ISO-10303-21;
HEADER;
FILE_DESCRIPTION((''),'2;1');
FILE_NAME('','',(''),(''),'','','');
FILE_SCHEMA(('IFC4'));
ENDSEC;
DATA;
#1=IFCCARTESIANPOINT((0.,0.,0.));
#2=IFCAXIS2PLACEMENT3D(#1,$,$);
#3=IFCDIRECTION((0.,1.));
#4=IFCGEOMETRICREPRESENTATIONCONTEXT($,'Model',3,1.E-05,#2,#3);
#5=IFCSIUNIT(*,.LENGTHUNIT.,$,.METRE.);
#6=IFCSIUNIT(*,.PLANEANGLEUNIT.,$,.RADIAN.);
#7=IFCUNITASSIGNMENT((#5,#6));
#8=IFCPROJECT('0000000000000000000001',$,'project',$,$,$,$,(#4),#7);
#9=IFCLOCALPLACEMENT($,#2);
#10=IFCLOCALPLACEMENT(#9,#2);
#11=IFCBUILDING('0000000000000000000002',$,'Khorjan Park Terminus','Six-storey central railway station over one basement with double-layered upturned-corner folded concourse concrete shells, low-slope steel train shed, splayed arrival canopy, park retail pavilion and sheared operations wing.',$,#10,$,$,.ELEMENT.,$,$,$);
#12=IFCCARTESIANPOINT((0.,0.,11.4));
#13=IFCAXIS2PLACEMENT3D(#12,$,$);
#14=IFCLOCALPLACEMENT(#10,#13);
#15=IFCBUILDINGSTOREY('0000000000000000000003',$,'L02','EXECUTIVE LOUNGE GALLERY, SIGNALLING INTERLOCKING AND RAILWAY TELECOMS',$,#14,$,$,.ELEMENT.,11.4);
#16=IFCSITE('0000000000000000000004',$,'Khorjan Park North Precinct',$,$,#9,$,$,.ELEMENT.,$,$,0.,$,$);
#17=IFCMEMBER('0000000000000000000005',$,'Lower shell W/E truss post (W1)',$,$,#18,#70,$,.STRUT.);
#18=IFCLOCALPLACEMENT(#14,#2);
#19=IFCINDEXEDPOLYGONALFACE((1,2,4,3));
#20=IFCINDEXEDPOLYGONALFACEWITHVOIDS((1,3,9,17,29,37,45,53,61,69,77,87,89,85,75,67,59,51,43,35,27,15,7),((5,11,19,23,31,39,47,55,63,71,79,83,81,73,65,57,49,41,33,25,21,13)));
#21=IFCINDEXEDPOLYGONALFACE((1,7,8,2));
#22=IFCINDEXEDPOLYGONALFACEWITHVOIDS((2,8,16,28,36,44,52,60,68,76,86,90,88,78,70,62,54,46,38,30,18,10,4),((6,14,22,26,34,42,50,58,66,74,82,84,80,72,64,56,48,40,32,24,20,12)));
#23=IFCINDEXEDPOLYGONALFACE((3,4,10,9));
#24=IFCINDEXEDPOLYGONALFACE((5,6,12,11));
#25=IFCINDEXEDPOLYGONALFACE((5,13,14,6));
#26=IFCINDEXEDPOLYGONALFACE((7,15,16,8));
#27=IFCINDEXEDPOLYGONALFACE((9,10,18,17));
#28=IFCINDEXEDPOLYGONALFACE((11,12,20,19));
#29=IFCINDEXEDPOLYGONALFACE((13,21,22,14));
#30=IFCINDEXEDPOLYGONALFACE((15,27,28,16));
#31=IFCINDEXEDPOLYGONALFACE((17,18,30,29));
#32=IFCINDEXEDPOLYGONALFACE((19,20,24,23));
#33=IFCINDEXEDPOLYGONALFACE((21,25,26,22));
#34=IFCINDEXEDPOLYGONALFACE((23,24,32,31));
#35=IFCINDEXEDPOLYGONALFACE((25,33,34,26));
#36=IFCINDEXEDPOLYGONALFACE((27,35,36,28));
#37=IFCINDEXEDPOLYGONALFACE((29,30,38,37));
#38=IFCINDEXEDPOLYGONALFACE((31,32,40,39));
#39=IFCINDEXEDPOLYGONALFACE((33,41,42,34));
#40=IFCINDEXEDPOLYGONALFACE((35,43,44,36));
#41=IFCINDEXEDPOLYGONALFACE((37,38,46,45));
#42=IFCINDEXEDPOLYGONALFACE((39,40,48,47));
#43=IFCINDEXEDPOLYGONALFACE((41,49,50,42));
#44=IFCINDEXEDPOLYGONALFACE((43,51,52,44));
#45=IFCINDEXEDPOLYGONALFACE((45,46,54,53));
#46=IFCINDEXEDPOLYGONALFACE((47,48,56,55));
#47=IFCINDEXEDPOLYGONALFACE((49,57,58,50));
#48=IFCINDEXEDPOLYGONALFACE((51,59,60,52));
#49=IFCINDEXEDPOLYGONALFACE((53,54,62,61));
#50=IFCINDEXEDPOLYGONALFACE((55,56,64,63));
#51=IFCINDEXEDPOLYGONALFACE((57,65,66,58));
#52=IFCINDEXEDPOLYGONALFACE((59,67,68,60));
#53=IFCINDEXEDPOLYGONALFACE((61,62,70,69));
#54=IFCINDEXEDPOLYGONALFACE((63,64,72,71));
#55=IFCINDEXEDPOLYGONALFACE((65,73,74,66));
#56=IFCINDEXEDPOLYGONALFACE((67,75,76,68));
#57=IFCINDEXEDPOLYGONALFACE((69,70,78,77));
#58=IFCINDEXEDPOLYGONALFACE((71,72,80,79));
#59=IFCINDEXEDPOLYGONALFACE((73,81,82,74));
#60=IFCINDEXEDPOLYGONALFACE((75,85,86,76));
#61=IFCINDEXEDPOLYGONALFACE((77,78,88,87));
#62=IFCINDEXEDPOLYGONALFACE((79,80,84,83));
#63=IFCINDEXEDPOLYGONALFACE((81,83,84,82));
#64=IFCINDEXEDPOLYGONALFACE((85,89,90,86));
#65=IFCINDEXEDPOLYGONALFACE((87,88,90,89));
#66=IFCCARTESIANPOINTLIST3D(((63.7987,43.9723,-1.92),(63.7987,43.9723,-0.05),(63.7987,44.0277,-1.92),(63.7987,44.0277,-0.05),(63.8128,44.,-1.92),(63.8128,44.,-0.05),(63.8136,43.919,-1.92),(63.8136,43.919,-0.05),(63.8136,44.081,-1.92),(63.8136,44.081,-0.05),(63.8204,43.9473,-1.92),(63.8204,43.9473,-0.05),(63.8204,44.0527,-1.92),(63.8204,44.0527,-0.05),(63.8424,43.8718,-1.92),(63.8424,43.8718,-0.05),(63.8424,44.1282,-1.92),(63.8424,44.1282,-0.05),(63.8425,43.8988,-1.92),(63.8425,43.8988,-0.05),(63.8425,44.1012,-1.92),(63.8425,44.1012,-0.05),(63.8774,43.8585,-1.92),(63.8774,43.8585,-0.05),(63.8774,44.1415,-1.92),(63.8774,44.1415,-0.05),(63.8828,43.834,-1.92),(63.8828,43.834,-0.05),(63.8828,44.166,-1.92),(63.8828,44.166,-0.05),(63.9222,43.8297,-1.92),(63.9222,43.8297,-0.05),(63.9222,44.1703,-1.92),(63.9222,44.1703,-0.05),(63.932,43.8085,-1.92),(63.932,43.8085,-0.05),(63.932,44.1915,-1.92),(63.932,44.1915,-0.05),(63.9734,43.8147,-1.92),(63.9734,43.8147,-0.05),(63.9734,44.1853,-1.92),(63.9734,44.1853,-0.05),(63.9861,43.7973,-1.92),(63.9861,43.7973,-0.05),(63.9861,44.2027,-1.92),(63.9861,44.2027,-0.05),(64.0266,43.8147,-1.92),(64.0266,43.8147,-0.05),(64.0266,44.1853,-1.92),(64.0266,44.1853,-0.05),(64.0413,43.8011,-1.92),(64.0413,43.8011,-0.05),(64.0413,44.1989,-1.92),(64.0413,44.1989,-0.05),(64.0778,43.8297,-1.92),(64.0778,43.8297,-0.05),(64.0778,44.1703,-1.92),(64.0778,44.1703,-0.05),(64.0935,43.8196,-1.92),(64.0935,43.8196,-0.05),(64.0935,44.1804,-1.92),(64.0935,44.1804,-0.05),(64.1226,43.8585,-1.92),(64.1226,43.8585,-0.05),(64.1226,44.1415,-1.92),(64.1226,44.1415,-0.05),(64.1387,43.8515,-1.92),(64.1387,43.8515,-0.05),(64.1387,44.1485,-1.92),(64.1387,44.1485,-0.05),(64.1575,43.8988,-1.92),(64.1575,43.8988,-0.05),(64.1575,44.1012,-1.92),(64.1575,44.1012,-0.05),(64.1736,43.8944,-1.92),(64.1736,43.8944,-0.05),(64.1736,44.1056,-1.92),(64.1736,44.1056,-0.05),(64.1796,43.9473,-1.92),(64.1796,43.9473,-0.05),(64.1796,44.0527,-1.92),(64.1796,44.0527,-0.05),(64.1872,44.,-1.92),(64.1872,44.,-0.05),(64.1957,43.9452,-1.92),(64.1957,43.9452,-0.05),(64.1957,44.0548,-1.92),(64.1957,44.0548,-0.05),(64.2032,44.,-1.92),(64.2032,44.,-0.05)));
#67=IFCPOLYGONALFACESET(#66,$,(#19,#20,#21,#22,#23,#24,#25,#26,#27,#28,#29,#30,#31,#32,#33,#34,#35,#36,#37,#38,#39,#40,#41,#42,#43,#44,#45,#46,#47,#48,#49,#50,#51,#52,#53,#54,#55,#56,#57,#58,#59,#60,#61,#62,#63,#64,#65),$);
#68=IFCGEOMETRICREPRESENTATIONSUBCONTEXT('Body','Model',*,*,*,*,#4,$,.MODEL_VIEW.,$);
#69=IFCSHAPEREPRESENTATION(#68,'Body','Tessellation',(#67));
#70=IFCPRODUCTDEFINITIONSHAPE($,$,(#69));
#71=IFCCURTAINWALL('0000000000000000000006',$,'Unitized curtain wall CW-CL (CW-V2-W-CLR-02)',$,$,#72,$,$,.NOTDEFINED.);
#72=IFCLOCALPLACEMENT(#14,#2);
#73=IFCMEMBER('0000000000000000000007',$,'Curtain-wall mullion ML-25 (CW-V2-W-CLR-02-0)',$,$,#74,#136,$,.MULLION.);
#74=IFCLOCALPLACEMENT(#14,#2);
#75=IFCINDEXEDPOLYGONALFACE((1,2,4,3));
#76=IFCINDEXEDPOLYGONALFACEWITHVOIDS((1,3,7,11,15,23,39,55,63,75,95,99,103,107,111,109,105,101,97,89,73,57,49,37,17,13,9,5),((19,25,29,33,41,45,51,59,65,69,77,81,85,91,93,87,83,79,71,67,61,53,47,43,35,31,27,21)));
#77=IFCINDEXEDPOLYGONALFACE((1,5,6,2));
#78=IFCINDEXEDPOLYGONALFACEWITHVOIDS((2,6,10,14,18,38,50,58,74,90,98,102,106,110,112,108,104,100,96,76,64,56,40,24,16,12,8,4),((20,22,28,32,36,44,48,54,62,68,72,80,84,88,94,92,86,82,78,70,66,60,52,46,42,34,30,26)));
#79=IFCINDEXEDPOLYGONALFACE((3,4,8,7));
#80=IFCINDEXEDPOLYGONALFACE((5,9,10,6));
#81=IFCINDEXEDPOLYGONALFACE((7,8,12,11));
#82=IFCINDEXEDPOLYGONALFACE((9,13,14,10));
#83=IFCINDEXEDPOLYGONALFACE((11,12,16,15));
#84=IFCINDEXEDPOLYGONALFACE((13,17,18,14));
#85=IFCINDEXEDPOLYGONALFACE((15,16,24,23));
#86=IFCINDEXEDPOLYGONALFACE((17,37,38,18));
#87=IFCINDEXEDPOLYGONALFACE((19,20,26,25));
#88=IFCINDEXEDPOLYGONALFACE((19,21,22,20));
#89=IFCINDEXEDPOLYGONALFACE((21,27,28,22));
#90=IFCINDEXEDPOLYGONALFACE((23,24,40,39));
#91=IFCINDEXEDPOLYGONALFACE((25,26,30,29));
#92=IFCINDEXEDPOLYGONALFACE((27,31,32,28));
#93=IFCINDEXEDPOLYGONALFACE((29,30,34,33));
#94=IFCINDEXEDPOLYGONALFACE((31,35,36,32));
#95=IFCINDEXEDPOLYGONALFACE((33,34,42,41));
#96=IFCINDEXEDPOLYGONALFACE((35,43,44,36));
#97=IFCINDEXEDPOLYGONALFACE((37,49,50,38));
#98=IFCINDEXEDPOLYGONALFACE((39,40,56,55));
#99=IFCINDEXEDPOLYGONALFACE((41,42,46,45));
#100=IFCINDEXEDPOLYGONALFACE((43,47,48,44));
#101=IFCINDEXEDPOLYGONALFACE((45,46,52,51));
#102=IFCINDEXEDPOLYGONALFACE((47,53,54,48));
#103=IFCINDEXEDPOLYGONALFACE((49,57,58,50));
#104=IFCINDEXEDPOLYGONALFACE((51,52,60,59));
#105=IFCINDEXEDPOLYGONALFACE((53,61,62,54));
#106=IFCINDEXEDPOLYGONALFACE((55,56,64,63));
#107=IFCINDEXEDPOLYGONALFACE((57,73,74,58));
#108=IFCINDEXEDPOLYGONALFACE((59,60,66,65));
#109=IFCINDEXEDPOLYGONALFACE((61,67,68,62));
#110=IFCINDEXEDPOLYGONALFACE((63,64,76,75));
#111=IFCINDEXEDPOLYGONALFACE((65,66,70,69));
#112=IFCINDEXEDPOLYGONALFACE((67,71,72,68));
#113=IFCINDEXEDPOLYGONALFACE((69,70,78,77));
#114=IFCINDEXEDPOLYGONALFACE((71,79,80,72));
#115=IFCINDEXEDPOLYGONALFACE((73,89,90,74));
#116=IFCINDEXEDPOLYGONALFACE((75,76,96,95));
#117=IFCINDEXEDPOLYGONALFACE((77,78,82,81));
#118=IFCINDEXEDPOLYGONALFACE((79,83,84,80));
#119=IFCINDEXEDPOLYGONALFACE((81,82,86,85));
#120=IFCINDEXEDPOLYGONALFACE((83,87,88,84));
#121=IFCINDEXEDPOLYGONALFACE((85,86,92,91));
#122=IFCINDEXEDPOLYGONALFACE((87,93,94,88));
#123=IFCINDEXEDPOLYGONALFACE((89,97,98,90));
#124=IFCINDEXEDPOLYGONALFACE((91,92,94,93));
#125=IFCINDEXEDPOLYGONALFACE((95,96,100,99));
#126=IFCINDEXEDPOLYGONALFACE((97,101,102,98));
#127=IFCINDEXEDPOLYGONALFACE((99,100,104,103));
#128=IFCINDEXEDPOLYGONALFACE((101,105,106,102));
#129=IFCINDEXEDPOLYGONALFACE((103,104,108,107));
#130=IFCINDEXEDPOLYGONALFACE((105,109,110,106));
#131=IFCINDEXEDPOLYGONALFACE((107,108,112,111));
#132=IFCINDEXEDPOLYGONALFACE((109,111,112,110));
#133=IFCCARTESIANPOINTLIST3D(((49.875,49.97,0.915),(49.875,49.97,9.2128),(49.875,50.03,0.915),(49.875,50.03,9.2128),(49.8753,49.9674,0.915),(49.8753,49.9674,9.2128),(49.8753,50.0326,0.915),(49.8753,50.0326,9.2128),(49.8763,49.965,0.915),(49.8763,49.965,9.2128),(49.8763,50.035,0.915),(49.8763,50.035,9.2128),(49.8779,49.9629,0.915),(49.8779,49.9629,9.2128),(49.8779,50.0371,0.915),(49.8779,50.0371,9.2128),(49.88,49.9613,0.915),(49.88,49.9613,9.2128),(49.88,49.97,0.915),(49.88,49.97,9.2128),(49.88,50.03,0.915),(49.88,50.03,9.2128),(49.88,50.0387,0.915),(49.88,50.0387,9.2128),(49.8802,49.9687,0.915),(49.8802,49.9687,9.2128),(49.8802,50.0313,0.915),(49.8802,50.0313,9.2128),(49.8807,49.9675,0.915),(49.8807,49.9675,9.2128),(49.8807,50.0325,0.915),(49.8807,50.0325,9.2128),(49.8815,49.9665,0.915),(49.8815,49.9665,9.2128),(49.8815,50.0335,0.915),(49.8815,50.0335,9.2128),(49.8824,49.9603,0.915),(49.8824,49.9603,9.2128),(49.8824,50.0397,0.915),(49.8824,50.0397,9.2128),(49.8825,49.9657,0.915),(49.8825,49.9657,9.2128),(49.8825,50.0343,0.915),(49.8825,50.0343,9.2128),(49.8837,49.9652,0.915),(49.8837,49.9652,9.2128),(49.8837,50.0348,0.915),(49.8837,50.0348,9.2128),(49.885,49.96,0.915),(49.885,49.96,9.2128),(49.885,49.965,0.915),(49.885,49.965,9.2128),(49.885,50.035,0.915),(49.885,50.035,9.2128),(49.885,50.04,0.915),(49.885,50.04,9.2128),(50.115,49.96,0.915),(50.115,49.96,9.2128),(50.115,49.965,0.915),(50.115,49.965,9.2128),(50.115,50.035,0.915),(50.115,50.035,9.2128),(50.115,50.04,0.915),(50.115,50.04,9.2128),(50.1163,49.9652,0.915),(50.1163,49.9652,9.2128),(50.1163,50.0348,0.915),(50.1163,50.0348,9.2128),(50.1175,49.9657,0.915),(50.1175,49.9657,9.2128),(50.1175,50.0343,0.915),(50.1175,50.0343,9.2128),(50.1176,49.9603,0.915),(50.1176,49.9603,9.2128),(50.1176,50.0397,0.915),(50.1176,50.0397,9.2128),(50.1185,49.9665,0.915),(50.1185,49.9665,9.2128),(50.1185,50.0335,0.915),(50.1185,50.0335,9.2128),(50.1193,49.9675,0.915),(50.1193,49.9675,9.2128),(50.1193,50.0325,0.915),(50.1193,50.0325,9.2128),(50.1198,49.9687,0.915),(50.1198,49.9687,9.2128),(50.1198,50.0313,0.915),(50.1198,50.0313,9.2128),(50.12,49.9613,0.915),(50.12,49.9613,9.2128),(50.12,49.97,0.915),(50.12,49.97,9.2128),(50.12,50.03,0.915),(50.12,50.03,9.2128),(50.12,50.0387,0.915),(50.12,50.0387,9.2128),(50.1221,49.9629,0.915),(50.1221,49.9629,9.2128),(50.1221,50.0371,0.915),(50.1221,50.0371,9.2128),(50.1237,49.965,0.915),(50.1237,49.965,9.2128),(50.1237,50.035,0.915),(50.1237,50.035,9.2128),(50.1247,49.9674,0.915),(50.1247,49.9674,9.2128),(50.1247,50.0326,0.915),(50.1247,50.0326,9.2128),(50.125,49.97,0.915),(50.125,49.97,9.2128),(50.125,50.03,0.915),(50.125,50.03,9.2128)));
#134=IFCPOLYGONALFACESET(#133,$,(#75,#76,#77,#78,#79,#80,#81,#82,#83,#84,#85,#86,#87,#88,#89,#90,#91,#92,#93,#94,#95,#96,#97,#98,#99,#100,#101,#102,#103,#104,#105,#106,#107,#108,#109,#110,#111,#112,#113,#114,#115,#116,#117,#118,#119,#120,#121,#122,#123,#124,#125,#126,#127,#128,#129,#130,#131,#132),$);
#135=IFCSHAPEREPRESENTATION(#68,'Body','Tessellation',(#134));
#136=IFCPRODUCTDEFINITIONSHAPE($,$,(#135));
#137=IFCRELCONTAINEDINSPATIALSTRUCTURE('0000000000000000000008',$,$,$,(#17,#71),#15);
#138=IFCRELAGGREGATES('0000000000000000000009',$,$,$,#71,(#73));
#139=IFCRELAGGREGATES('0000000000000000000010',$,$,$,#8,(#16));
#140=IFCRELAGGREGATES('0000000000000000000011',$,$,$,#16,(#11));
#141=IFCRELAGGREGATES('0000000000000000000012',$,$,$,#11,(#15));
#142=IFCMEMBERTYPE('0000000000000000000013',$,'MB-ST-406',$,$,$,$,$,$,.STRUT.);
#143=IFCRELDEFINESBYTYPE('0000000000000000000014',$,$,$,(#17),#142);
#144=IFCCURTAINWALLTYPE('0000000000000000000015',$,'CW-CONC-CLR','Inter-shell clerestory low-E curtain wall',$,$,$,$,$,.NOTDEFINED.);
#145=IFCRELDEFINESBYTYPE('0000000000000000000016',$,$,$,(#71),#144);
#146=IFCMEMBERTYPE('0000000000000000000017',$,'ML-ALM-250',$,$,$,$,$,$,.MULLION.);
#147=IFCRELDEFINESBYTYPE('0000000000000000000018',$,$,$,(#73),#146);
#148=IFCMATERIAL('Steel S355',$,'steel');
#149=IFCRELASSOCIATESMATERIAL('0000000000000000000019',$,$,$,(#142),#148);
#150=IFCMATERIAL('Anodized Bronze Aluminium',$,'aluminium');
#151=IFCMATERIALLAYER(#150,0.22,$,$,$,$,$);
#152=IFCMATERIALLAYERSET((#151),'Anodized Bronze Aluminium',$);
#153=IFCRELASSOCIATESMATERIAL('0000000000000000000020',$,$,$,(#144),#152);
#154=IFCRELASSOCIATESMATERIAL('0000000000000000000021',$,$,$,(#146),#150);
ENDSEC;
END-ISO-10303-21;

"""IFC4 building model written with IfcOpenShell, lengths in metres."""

from ifc_helpers import new_model, si_unit, direction, frame, origin, origin_2d, place, context, subcontext, project, spatial, hollow_rectangle, hollow_circle, extrude, material, layer, layer_set, material_profile, profile_set, type_object, element, aggregate, save


model = new_model("IFC4")

# Units and contexts
model_context = context("Model", 3, precision=1e-05, world=origin(), true_north=direction((0.0, 1.0)))
body_context = subcontext(model_context, "Body", "Model", "MODEL_VIEW")
ifc_project = project(units=[si_unit("LENGTHUNIT", "METRE"), si_unit("PLANEANGLEUNIT", "RADIAN")], contexts=[model_context])

# Site, building, storey
site_placement = place(None, origin())
site = spatial("IfcSite", under=ifc_project, at=site_placement, Name="Khorjan Park North Precinct", CompositionType="ELEMENT", RefElevation=0.0)
building_placement = place(site_placement, origin())
building = spatial("IfcBuilding", under=site, at=building_placement, Name="Khorjan Park Terminus", Description="Six-storey central railway station over one basement with double-layered upturned-corner folded concourse concrete shells, low-slope steel train shed, splayed arrival canopy, park retail pavilion and sheared operations wing.", CompositionType="ELEMENT")
storey_placement = place(building_placement, frame((0.0, 0.0, 11.4)))
storey = spatial("IfcBuildingStorey", under=building, at=storey_placement, Name="L02", Description="EXECUTIVE LOUNGE GALLERY, SIGNALLING INTERLOCKING AND RAILWAY TELECOMS", CompositionType="ELEMENT", Elevation=11.4)

# Shared definitions
ifc_material_1 = material(Name="Steel S355", Category="steel")

# Member
ifc_material_profile_1 = material_profile(ifc_material_1, hollow_circle(Radius=0.2032, WallThickness=0.016, at=origin_2d()), Name="CHS 406.4x16")
ifc_profile_set_1 = profile_set([ifc_material_profile_1], Name="Steel S355")
member_type_1 = type_object("IfcMemberType", Name="MB-ST-406", PredefinedType="STRUT", material=ifc_profile_set_1)
for number, where, z_axis, x_axis, name in (
    (1, (64.0, 44.0, -1.92), (0.0, 0.0, 1.0), (1.0, 0.0, 0.0), "Lower shell W/E truss post (W1)"),
):
    element("IfcMember", number, at=place(storey_placement, frame(where, z_axis=z_axis, x_axis=x_axis)), inside=storey, type_object=member_type_1, Name=name, PredefinedType="STRUT", context=body_context, shape_type="SweptSolid", body=[
        extrude(hollow_circle(Radius=0.2032, WallThickness=0.016, at=origin_2d()), origin(), (0.0, 0.0, 1.0), 1.87),
    ])

# Curtain wall, member
ifc_material_2 = material(Name="Anodized Bronze Aluminium", Category="aluminium")
ifc_layer_1 = layer(ifc_material_2, 0.22)
ifc_layer_set_1 = layer_set([ifc_layer_1], Name="Anodized Bronze Aluminium")
curtain_wall_type = type_object("IfcCurtainWallType", Name="CW-CONC-CLR", Description="Inter-shell clerestory low-E curtain wall", PredefinedType="NOTDEFINED", material=ifc_layer_set_1)
curtain_wall_placement = place(storey_placement, origin())
curtain_wall = element("IfcCurtainWall", 2, at=curtain_wall_placement, inside=storey, type_object=curtain_wall_type, Name="Unitized curtain wall CW-CL (CW-V2-W-CLR-02)", PredefinedType="NOTDEFINED")
ifc_material_profile_2 = material_profile(ifc_material_2, hollow_rectangle(XDim=0.08, YDim=0.25, WallThickness=0.005, InnerFilletRadius=0.005, OuterFilletRadius=0.01, at=origin_2d()), Name="ALM 80x250x5")
ifc_profile_set_2 = profile_set([ifc_material_profile_2], Name="Anodized Bronze Aluminium")
member_type_2 = type_object("IfcMemberType", Name="ML-ALM-250", PredefinedType="MULLION", material=ifc_profile_set_2)
member_1_placement = place(storey_placement, frame((50.0, 50.0, 0.915), z_axis=(0.0, 0.0, 1.0), x_axis=(0.0, -1.0, 0.0)))
member_1 = element("IfcMember", 3, at=member_1_placement, type_object=member_type_2, Name="Curtain-wall mullion ML-25 (CW-V2-W-CLR-02-0)", PredefinedType="MULLION", context=body_context, shape_type="SweptSolid", body=[
    extrude(hollow_rectangle(XDim=0.08, YDim=0.25, WallThickness=0.005, InnerFilletRadius=0.005, OuterFilletRadius=0.01, at=origin_2d()), origin(), (0.0, 0.0, 1.0), 8.2978),
])

aggregate(curtain_wall, [member_1])

save(model, "model.ifc")
